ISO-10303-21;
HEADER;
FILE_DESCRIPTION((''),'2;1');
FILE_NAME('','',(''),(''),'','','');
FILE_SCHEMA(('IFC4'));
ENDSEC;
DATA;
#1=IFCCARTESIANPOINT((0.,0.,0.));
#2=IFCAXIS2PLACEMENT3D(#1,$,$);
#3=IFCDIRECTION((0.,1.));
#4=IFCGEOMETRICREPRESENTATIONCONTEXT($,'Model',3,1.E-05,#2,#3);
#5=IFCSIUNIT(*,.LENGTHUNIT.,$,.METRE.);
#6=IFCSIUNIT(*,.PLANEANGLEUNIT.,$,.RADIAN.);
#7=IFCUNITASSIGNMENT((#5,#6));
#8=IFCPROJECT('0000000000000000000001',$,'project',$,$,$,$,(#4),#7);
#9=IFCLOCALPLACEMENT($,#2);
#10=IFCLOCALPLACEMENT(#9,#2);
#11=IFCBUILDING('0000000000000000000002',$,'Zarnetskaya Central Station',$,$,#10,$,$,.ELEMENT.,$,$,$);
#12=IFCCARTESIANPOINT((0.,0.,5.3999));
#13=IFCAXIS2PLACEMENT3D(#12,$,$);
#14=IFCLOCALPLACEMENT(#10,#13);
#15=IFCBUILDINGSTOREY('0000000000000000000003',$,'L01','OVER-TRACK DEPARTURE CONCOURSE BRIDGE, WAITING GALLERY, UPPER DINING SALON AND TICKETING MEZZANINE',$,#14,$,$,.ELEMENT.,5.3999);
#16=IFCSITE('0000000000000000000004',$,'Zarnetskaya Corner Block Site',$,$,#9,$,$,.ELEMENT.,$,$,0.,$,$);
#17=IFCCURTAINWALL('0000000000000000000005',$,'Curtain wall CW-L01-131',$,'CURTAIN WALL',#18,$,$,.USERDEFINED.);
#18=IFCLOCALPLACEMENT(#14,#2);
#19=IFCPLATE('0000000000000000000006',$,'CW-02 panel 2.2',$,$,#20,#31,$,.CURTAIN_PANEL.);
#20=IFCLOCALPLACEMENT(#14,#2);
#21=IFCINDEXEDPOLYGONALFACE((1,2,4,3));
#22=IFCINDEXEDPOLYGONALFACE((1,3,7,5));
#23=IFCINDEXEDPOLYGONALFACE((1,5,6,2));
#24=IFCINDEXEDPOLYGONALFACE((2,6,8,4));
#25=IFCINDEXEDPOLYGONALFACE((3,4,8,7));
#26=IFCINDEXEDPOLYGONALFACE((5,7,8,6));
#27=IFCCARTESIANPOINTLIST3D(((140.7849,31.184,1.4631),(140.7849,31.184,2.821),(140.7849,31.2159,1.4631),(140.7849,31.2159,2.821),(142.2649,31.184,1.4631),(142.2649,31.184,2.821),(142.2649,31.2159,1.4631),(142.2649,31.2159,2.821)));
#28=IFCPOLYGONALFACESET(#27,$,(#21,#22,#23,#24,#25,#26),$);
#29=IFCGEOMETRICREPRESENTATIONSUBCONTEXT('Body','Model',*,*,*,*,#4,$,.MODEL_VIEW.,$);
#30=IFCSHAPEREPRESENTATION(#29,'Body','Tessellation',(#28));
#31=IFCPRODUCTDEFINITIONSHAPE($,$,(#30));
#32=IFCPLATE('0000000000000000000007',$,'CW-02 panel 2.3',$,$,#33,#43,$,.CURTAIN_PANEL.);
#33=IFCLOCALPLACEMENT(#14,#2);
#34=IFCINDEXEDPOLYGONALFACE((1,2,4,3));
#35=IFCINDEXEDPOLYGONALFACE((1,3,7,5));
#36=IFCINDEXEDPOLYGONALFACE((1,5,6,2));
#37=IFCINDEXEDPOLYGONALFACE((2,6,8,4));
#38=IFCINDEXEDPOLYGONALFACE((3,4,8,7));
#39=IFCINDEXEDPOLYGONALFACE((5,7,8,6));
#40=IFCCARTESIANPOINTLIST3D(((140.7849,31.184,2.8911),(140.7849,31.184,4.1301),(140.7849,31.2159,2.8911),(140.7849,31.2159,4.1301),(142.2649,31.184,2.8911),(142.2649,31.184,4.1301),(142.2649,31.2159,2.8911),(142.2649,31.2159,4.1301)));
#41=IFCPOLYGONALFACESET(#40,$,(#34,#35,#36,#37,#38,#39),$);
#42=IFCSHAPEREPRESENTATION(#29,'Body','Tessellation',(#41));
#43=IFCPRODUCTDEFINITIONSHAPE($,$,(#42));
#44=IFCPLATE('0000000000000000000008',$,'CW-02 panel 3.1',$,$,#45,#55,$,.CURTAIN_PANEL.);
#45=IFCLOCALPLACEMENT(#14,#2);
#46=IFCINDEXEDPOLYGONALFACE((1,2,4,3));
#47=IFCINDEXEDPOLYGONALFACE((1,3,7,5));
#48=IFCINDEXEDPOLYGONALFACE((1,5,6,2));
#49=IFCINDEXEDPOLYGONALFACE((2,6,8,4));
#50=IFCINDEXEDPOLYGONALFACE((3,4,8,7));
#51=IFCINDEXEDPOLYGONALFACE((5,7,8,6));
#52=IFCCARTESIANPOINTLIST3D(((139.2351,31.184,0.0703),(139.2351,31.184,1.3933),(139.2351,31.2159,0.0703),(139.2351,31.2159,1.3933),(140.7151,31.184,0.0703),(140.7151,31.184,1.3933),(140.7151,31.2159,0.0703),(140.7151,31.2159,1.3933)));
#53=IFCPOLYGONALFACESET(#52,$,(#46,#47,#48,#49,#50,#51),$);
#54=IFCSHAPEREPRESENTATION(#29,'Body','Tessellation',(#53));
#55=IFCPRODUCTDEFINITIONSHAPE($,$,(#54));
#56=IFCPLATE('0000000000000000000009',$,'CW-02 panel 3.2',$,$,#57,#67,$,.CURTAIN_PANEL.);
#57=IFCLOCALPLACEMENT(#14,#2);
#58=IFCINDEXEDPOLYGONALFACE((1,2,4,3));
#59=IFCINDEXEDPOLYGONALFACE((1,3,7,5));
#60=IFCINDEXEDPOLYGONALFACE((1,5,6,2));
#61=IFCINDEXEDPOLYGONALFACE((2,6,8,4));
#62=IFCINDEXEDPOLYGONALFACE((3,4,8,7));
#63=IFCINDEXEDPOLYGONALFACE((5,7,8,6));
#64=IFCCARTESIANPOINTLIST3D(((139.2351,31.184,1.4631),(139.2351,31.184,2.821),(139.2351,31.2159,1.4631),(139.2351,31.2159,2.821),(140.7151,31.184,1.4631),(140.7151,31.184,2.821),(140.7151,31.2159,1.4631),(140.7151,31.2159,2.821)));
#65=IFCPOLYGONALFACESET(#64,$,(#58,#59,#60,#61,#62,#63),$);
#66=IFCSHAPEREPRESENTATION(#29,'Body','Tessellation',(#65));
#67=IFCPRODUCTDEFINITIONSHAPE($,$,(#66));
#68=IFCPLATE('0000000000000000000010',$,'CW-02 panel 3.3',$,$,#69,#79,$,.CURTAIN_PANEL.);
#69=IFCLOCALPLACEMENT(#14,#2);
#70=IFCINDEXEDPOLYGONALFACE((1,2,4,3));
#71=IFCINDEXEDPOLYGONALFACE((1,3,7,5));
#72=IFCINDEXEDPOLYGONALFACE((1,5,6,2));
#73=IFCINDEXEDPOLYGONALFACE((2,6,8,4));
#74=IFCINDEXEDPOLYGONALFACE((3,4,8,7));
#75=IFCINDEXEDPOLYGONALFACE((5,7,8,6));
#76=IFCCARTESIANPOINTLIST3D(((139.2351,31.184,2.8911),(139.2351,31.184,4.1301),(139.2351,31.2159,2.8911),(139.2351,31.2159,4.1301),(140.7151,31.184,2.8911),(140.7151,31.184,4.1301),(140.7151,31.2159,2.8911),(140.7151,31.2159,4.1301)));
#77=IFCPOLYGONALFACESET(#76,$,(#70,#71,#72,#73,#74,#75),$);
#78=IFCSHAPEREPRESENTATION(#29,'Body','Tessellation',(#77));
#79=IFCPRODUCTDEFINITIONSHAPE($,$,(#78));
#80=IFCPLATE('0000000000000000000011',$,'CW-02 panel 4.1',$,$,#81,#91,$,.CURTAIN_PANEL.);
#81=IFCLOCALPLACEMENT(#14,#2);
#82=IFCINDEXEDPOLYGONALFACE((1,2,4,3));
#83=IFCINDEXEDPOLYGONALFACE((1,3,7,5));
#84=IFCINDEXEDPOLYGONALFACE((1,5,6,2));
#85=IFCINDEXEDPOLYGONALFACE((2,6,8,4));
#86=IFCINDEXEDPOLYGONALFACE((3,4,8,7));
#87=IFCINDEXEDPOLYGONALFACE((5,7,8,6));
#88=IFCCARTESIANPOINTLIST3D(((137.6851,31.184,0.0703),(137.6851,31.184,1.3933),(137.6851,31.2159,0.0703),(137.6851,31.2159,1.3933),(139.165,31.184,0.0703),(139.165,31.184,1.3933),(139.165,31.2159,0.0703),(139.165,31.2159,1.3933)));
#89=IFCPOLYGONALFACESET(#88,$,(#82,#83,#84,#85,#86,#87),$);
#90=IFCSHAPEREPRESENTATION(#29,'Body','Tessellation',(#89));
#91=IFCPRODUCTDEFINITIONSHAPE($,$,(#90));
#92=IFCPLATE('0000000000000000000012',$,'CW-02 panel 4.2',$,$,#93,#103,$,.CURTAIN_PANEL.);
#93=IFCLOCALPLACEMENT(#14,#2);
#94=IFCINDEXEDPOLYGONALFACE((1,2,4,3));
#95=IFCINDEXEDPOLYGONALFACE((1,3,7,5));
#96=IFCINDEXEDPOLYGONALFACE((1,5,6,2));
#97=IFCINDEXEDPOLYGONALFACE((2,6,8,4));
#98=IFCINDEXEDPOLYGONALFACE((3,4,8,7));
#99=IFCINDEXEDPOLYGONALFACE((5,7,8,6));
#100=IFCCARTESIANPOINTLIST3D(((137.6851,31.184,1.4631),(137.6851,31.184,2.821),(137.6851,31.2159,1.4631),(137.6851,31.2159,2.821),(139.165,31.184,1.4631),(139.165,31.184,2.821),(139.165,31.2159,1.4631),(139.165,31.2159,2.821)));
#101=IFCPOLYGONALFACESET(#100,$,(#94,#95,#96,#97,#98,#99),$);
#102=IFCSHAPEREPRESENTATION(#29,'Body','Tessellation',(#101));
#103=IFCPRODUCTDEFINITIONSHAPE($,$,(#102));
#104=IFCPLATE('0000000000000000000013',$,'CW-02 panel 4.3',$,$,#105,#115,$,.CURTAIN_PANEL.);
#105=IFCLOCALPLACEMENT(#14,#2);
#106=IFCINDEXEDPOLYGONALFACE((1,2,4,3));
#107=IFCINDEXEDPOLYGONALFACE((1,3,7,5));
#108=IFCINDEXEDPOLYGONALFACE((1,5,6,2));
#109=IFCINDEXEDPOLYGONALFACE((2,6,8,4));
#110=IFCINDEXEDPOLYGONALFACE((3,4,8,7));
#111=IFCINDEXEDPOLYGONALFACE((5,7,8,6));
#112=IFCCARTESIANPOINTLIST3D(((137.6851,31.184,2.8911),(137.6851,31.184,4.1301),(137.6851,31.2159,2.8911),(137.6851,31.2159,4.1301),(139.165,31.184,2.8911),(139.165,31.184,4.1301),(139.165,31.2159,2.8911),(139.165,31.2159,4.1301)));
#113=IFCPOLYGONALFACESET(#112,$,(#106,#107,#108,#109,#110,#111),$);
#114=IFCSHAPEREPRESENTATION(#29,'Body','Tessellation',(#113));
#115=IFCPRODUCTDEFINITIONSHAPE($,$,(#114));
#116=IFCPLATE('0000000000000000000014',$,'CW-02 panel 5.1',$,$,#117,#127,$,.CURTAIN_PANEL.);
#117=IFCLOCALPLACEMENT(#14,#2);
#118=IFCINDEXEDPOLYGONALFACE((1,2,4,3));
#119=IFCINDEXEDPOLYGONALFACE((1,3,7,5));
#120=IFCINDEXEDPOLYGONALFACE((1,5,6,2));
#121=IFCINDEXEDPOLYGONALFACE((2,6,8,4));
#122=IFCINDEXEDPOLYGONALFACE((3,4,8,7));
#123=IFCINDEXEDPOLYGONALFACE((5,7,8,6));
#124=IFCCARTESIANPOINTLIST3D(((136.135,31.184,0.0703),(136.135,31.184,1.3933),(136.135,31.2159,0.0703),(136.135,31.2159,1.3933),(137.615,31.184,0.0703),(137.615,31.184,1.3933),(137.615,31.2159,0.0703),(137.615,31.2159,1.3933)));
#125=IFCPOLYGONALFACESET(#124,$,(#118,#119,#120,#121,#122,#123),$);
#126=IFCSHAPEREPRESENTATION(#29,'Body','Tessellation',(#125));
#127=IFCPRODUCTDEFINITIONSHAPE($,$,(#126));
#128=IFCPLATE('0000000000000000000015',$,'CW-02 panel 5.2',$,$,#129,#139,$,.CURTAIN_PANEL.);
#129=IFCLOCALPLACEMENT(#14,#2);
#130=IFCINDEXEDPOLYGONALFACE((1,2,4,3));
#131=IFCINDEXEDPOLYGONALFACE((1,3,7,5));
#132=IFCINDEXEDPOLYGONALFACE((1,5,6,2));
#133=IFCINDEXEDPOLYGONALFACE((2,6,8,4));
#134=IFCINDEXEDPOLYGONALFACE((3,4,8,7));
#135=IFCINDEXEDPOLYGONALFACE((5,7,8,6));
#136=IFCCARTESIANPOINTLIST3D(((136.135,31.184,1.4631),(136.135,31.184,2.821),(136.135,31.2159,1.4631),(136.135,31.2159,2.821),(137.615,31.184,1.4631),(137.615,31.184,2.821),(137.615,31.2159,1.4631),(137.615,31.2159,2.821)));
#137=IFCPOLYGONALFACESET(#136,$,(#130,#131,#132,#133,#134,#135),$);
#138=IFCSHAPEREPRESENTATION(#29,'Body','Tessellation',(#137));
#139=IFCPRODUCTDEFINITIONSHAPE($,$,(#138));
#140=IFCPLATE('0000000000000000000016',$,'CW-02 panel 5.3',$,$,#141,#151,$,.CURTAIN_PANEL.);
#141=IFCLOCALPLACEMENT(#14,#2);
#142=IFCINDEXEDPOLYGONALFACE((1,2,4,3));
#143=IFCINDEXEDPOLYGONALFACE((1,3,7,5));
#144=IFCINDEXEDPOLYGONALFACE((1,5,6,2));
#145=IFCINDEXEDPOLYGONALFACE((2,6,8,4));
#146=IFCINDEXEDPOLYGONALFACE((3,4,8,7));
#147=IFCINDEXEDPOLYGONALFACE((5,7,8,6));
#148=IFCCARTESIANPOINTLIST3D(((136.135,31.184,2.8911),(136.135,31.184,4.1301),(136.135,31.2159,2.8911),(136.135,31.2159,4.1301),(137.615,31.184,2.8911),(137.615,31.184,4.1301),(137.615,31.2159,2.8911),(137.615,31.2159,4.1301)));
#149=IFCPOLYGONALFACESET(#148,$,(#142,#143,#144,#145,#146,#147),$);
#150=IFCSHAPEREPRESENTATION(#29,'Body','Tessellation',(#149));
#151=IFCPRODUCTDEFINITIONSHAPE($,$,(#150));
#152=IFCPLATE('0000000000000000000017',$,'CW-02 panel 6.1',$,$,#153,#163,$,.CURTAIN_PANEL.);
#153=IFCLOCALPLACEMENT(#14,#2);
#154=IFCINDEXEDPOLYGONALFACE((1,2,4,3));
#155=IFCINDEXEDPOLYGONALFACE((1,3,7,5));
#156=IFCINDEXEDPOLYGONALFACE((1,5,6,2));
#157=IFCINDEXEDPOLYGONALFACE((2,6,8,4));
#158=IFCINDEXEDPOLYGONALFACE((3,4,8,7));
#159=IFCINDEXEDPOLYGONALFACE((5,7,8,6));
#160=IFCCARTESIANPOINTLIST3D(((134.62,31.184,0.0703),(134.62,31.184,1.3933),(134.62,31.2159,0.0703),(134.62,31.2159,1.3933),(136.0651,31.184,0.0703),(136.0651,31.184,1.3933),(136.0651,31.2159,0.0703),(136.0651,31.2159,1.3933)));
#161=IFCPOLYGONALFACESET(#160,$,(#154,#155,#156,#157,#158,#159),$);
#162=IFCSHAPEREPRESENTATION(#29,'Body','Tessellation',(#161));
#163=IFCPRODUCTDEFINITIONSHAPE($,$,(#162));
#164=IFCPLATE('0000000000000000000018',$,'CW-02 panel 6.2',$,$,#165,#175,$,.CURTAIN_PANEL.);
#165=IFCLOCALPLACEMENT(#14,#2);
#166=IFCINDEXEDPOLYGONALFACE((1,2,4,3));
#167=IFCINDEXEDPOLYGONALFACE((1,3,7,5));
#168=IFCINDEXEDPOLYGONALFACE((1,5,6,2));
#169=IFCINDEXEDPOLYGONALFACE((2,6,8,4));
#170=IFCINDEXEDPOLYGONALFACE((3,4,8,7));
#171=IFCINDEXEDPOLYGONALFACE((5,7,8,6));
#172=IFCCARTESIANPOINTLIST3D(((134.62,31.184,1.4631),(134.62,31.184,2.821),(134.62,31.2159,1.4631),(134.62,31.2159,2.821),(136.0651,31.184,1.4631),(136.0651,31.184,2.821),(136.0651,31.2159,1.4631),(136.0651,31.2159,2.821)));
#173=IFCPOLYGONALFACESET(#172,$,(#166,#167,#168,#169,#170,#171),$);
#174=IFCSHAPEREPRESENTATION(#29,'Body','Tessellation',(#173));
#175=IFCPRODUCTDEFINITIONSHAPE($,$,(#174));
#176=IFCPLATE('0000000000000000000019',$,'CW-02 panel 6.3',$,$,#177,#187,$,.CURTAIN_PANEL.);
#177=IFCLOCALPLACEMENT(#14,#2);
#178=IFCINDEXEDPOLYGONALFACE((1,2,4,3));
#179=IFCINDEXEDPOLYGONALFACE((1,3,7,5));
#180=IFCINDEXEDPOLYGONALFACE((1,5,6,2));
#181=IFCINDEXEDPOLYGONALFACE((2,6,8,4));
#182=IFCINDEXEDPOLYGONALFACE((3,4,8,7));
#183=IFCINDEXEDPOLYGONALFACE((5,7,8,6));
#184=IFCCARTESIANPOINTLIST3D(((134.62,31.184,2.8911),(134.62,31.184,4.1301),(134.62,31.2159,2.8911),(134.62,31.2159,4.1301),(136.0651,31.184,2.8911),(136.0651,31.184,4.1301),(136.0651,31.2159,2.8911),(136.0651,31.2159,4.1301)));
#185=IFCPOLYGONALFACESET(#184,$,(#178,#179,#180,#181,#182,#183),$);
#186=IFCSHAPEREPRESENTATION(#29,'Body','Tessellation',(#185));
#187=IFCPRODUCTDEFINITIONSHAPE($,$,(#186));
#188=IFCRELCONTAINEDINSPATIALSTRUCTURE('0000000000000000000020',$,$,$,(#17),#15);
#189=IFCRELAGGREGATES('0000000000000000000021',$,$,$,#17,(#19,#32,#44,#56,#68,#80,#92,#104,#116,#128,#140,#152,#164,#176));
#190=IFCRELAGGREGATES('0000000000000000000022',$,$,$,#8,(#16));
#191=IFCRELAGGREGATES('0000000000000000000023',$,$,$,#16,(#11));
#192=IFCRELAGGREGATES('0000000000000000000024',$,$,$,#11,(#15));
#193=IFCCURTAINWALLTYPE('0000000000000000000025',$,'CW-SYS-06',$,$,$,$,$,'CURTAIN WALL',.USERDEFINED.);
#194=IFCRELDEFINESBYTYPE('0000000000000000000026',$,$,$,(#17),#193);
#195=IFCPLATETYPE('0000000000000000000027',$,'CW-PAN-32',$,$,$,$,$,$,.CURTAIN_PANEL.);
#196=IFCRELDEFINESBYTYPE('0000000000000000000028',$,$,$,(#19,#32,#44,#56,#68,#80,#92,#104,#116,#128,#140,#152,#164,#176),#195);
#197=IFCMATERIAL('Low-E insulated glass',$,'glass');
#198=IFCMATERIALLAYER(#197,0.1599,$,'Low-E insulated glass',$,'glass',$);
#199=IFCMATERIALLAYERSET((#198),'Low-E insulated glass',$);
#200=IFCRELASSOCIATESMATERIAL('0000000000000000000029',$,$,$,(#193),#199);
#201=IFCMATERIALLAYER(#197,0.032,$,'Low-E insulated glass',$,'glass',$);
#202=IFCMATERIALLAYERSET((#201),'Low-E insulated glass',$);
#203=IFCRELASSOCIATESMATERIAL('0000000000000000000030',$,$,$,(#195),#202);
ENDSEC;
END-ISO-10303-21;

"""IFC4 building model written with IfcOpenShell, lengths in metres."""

from ifc_helpers import new_model, si_unit, direction, frame, origin, origin_2d, place, context, subcontext, project, spatial, rectangle, extrude, material, layer, layer_set, type_object, element, aggregate, save


model = new_model("IFC4")

# Units and contexts
model_context = context("Model", 3, precision=1e-05, world=origin(), true_north=direction((0.0, 1.0)))
body_context = subcontext(model_context, "Body", "Model", "MODEL_VIEW")
ifc_project = project(units=[si_unit("LENGTHUNIT", "METRE"), si_unit("PLANEANGLEUNIT", "RADIAN")], contexts=[model_context])

# Site, building, storey
site_placement = place(None, origin())
site = spatial("IfcSite", under=ifc_project, at=site_placement, Name="Zarnetskaya Corner Block Site", CompositionType="ELEMENT", RefElevation=0.0)
building_placement = place(site_placement, origin())
building = spatial("IfcBuilding", under=site, at=building_placement, Name="Zarnetskaya Central Station", CompositionType="ELEMENT")
storey_placement = place(building_placement, frame((0.0, 0.0, 5.3999)))
storey = spatial("IfcBuildingStorey", under=building, at=storey_placement, Name="L01", Description="OVER-TRACK DEPARTURE CONCOURSE BRIDGE, WAITING GALLERY, UPPER DINING SALON AND TICKETING MEZZANINE", CompositionType="ELEMENT", Elevation=5.3999)

# Curtain wall
ifc_material_1 = material(Name="Low-E insulated glass", Category="glass")
ifc_layer_1 = layer(ifc_material_1, 0.1599, Name="Low-E insulated glass", Category="glass")
ifc_layer_set_1 = layer_set([ifc_layer_1], Name="Low-E insulated glass")
curtain_wall_type = type_object("IfcCurtainWallType", Name="CW-SYS-06", ElementType="CURTAIN WALL", PredefinedType="USERDEFINED", material=ifc_layer_set_1)
curtain_wall_placement = place(storey_placement, origin())
curtain_wall = element("IfcCurtainWall", 1, at=curtain_wall_placement, inside=storey, type_object=curtain_wall_type, Name="Curtain wall CW-L01-131", ObjectType="CURTAIN WALL", PredefinedType="USERDEFINED")

# Plates
ifc_layer_2 = layer(ifc_material_1, 0.032, Name="Low-E insulated glass", Category="glass")
ifc_layer_set_2 = layer_set([ifc_layer_2], Name="Low-E insulated glass")
plate_type = type_object("IfcPlateType", Name="CW-PAN-32", PredefinedType="CURTAIN_PANEL", material=ifc_layer_set_2)
plate_1_placement = place(storey_placement, frame((141.5249, 31.2, 1.4631), z_axis=(0.0, 0.0, 1.0), x_axis=(-1.0, 0.0, 0.0)))
plate_1 = element("IfcPlate", 2, at=plate_1_placement, type_object=plate_type, Name="CW-02 panel 2.2", PredefinedType="CURTAIN_PANEL", context=body_context, shape_type="SweptSolid", body=[
    extrude(rectangle(XDim=1.48, YDim=0.032, at=origin_2d()), origin(), (0.0, 0.0, 1.0), 1.3579),
])
plate_2_placement = place(storey_placement, frame((141.5249, 31.2, 2.8911), z_axis=(0.0, 0.0, 1.0), x_axis=(-1.0, 0.0, 0.0)))
plate_2 = element("IfcPlate", 3, at=plate_2_placement, type_object=plate_type, Name="CW-02 panel 2.3", PredefinedType="CURTAIN_PANEL", context=body_context, shape_type="SweptSolid", body=[
    extrude(rectangle(XDim=1.48, YDim=0.032, at=origin_2d()), origin(), (0.0, 0.0, 1.0), 1.239),
])
plate_3_placement = place(storey_placement, frame((139.9751, 31.2, 0.0703), z_axis=(0.0, 0.0, 1.0), x_axis=(-1.0, 0.0, 0.0)))
plate_3 = element("IfcPlate", 4, at=plate_3_placement, type_object=plate_type, Name="CW-02 panel 3.1", PredefinedType="CURTAIN_PANEL", context=body_context, shape_type="SweptSolid", body=[
    extrude(rectangle(XDim=1.48, YDim=0.032, at=origin_2d()), origin(), (0.0, 0.0, 1.0), 1.323),
])
plate_4_placement = place(storey_placement, frame((139.9751, 31.2, 1.4631), z_axis=(0.0, 0.0, 1.0), x_axis=(-1.0, 0.0, 0.0)))
plate_4 = element("IfcPlate", 5, at=plate_4_placement, type_object=plate_type, Name="CW-02 panel 3.2", PredefinedType="CURTAIN_PANEL", context=body_context, shape_type="SweptSolid", body=[
    extrude(rectangle(XDim=1.48, YDim=0.032, at=origin_2d()), origin(), (0.0, 0.0, 1.0), 1.3579),
])
plate_5_placement = place(storey_placement, frame((139.9751, 31.2, 2.8911), z_axis=(0.0, 0.0, 1.0), x_axis=(-1.0, 0.0, 0.0)))
plate_5 = element("IfcPlate", 6, at=plate_5_placement, type_object=plate_type, Name="CW-02 panel 3.3", PredefinedType="CURTAIN_PANEL", context=body_context, shape_type="SweptSolid", body=[
    extrude(rectangle(XDim=1.48, YDim=0.032, at=origin_2d()), origin(), (0.0, 0.0, 1.0), 1.239),
])
plate_6_placement = place(storey_placement, frame((138.425, 31.2, 0.0703), z_axis=(0.0, 0.0, 1.0), x_axis=(-1.0, 0.0, 0.0)))
plate_6 = element("IfcPlate", 7, at=plate_6_placement, type_object=plate_type, Name="CW-02 panel 4.1", PredefinedType="CURTAIN_PANEL", context=body_context, shape_type="SweptSolid", body=[
    extrude(rectangle(XDim=1.48, YDim=0.032, at=origin_2d()), origin(), (0.0, 0.0, 1.0), 1.323),
])
plate_7_placement = place(storey_placement, frame((138.425, 31.2, 1.4631), z_axis=(0.0, 0.0, 1.0), x_axis=(-1.0, 0.0, 0.0)))
plate_7 = element("IfcPlate", 8, at=plate_7_placement, type_object=plate_type, Name="CW-02 panel 4.2", PredefinedType="CURTAIN_PANEL", context=body_context, shape_type="SweptSolid", body=[
    extrude(rectangle(XDim=1.48, YDim=0.032, at=origin_2d()), origin(), (0.0, 0.0, 1.0), 1.3579),
])
plate_8_placement = place(storey_placement, frame((138.425, 31.2, 2.8911), z_axis=(0.0, 0.0, 1.0), x_axis=(-1.0, 0.0, 0.0)))
plate_8 = element("IfcPlate", 9, at=plate_8_placement, type_object=plate_type, Name="CW-02 panel 4.3", PredefinedType="CURTAIN_PANEL", context=body_context, shape_type="SweptSolid", body=[
    extrude(rectangle(XDim=1.48, YDim=0.032, at=origin_2d()), origin(), (0.0, 0.0, 1.0), 1.239),
])
plate_9_placement = place(storey_placement, frame((136.875, 31.2, 0.0703), z_axis=(0.0, 0.0, 1.0), x_axis=(-1.0, 0.0, 0.0)))
plate_9 = element("IfcPlate", 10, at=plate_9_placement, type_object=plate_type, Name="CW-02 panel 5.1", PredefinedType="CURTAIN_PANEL", context=body_context, shape_type="SweptSolid", body=[
    extrude(rectangle(XDim=1.48, YDim=0.032, at=origin_2d()), origin(), (0.0, 0.0, 1.0), 1.323),
])
plate_10_placement = place(storey_placement, frame((136.875, 31.2, 1.4631), z_axis=(0.0, 0.0, 1.0), x_axis=(-1.0, 0.0, 0.0)))
plate_10 = element("IfcPlate", 11, at=plate_10_placement, type_object=plate_type, Name="CW-02 panel 5.2", PredefinedType="CURTAIN_PANEL", context=body_context, shape_type="SweptSolid", body=[
    extrude(rectangle(XDim=1.48, YDim=0.032, at=origin_2d()), origin(), (0.0, 0.0, 1.0), 1.3579),
])
plate_11_placement = place(storey_placement, frame((136.875, 31.2, 2.8911), z_axis=(0.0, 0.0, 1.0), x_axis=(-1.0, 0.0, 0.0)))
plate_11 = element("IfcPlate", 12, at=plate_11_placement, type_object=plate_type, Name="CW-02 panel 5.3", PredefinedType="CURTAIN_PANEL", context=body_context, shape_type="SweptSolid", body=[
    extrude(rectangle(XDim=1.48, YDim=0.032, at=origin_2d()), origin(), (0.0, 0.0, 1.0), 1.239),
])
plate_12_placement = place(storey_placement, frame((135.3425, 31.2, 0.0703), z_axis=(0.0, 0.0, 1.0), x_axis=(-1.0, 0.0, 0.0)))
plate_12 = element("IfcPlate", 13, at=plate_12_placement, type_object=plate_type, Name="CW-02 panel 6.1", PredefinedType="CURTAIN_PANEL", context=body_context, shape_type="SweptSolid", body=[
    extrude(rectangle(XDim=1.4451, YDim=0.032, at=origin_2d()), origin(), (0.0, 0.0, 1.0), 1.323),
])
plate_13_placement = place(storey_placement, frame((135.3425, 31.2, 1.4631), z_axis=(0.0, 0.0, 1.0), x_axis=(-1.0, 0.0, 0.0)))
plate_13 = element("IfcPlate", 14, at=plate_13_placement, type_object=plate_type, Name="CW-02 panel 6.2", PredefinedType="CURTAIN_PANEL", context=body_context, shape_type="SweptSolid", body=[
    extrude(rectangle(XDim=1.4451, YDim=0.032, at=origin_2d()), origin(), (0.0, 0.0, 1.0), 1.3579),
])
plate_14_placement = place(storey_placement, frame((135.3425, 31.2, 2.8911), z_axis=(0.0, 0.0, 1.0), x_axis=(-1.0, 0.0, 0.0)))
plate_14 = element("IfcPlate", 15, at=plate_14_placement, type_object=plate_type, Name="CW-02 panel 6.3", PredefinedType="CURTAIN_PANEL", context=body_context, shape_type="SweptSolid", body=[
    extrude(rectangle(XDim=1.4451, YDim=0.032, at=origin_2d()), origin(), (0.0, 0.0, 1.0), 1.239),
])
aggregate(curtain_wall, [plate_1, plate_2, plate_3, plate_4, plate_5, plate_6, plate_7, plate_8, plate_9, plate_10, plate_11, plate_12, plate_13, plate_14])

save(model, "model.ifc")
